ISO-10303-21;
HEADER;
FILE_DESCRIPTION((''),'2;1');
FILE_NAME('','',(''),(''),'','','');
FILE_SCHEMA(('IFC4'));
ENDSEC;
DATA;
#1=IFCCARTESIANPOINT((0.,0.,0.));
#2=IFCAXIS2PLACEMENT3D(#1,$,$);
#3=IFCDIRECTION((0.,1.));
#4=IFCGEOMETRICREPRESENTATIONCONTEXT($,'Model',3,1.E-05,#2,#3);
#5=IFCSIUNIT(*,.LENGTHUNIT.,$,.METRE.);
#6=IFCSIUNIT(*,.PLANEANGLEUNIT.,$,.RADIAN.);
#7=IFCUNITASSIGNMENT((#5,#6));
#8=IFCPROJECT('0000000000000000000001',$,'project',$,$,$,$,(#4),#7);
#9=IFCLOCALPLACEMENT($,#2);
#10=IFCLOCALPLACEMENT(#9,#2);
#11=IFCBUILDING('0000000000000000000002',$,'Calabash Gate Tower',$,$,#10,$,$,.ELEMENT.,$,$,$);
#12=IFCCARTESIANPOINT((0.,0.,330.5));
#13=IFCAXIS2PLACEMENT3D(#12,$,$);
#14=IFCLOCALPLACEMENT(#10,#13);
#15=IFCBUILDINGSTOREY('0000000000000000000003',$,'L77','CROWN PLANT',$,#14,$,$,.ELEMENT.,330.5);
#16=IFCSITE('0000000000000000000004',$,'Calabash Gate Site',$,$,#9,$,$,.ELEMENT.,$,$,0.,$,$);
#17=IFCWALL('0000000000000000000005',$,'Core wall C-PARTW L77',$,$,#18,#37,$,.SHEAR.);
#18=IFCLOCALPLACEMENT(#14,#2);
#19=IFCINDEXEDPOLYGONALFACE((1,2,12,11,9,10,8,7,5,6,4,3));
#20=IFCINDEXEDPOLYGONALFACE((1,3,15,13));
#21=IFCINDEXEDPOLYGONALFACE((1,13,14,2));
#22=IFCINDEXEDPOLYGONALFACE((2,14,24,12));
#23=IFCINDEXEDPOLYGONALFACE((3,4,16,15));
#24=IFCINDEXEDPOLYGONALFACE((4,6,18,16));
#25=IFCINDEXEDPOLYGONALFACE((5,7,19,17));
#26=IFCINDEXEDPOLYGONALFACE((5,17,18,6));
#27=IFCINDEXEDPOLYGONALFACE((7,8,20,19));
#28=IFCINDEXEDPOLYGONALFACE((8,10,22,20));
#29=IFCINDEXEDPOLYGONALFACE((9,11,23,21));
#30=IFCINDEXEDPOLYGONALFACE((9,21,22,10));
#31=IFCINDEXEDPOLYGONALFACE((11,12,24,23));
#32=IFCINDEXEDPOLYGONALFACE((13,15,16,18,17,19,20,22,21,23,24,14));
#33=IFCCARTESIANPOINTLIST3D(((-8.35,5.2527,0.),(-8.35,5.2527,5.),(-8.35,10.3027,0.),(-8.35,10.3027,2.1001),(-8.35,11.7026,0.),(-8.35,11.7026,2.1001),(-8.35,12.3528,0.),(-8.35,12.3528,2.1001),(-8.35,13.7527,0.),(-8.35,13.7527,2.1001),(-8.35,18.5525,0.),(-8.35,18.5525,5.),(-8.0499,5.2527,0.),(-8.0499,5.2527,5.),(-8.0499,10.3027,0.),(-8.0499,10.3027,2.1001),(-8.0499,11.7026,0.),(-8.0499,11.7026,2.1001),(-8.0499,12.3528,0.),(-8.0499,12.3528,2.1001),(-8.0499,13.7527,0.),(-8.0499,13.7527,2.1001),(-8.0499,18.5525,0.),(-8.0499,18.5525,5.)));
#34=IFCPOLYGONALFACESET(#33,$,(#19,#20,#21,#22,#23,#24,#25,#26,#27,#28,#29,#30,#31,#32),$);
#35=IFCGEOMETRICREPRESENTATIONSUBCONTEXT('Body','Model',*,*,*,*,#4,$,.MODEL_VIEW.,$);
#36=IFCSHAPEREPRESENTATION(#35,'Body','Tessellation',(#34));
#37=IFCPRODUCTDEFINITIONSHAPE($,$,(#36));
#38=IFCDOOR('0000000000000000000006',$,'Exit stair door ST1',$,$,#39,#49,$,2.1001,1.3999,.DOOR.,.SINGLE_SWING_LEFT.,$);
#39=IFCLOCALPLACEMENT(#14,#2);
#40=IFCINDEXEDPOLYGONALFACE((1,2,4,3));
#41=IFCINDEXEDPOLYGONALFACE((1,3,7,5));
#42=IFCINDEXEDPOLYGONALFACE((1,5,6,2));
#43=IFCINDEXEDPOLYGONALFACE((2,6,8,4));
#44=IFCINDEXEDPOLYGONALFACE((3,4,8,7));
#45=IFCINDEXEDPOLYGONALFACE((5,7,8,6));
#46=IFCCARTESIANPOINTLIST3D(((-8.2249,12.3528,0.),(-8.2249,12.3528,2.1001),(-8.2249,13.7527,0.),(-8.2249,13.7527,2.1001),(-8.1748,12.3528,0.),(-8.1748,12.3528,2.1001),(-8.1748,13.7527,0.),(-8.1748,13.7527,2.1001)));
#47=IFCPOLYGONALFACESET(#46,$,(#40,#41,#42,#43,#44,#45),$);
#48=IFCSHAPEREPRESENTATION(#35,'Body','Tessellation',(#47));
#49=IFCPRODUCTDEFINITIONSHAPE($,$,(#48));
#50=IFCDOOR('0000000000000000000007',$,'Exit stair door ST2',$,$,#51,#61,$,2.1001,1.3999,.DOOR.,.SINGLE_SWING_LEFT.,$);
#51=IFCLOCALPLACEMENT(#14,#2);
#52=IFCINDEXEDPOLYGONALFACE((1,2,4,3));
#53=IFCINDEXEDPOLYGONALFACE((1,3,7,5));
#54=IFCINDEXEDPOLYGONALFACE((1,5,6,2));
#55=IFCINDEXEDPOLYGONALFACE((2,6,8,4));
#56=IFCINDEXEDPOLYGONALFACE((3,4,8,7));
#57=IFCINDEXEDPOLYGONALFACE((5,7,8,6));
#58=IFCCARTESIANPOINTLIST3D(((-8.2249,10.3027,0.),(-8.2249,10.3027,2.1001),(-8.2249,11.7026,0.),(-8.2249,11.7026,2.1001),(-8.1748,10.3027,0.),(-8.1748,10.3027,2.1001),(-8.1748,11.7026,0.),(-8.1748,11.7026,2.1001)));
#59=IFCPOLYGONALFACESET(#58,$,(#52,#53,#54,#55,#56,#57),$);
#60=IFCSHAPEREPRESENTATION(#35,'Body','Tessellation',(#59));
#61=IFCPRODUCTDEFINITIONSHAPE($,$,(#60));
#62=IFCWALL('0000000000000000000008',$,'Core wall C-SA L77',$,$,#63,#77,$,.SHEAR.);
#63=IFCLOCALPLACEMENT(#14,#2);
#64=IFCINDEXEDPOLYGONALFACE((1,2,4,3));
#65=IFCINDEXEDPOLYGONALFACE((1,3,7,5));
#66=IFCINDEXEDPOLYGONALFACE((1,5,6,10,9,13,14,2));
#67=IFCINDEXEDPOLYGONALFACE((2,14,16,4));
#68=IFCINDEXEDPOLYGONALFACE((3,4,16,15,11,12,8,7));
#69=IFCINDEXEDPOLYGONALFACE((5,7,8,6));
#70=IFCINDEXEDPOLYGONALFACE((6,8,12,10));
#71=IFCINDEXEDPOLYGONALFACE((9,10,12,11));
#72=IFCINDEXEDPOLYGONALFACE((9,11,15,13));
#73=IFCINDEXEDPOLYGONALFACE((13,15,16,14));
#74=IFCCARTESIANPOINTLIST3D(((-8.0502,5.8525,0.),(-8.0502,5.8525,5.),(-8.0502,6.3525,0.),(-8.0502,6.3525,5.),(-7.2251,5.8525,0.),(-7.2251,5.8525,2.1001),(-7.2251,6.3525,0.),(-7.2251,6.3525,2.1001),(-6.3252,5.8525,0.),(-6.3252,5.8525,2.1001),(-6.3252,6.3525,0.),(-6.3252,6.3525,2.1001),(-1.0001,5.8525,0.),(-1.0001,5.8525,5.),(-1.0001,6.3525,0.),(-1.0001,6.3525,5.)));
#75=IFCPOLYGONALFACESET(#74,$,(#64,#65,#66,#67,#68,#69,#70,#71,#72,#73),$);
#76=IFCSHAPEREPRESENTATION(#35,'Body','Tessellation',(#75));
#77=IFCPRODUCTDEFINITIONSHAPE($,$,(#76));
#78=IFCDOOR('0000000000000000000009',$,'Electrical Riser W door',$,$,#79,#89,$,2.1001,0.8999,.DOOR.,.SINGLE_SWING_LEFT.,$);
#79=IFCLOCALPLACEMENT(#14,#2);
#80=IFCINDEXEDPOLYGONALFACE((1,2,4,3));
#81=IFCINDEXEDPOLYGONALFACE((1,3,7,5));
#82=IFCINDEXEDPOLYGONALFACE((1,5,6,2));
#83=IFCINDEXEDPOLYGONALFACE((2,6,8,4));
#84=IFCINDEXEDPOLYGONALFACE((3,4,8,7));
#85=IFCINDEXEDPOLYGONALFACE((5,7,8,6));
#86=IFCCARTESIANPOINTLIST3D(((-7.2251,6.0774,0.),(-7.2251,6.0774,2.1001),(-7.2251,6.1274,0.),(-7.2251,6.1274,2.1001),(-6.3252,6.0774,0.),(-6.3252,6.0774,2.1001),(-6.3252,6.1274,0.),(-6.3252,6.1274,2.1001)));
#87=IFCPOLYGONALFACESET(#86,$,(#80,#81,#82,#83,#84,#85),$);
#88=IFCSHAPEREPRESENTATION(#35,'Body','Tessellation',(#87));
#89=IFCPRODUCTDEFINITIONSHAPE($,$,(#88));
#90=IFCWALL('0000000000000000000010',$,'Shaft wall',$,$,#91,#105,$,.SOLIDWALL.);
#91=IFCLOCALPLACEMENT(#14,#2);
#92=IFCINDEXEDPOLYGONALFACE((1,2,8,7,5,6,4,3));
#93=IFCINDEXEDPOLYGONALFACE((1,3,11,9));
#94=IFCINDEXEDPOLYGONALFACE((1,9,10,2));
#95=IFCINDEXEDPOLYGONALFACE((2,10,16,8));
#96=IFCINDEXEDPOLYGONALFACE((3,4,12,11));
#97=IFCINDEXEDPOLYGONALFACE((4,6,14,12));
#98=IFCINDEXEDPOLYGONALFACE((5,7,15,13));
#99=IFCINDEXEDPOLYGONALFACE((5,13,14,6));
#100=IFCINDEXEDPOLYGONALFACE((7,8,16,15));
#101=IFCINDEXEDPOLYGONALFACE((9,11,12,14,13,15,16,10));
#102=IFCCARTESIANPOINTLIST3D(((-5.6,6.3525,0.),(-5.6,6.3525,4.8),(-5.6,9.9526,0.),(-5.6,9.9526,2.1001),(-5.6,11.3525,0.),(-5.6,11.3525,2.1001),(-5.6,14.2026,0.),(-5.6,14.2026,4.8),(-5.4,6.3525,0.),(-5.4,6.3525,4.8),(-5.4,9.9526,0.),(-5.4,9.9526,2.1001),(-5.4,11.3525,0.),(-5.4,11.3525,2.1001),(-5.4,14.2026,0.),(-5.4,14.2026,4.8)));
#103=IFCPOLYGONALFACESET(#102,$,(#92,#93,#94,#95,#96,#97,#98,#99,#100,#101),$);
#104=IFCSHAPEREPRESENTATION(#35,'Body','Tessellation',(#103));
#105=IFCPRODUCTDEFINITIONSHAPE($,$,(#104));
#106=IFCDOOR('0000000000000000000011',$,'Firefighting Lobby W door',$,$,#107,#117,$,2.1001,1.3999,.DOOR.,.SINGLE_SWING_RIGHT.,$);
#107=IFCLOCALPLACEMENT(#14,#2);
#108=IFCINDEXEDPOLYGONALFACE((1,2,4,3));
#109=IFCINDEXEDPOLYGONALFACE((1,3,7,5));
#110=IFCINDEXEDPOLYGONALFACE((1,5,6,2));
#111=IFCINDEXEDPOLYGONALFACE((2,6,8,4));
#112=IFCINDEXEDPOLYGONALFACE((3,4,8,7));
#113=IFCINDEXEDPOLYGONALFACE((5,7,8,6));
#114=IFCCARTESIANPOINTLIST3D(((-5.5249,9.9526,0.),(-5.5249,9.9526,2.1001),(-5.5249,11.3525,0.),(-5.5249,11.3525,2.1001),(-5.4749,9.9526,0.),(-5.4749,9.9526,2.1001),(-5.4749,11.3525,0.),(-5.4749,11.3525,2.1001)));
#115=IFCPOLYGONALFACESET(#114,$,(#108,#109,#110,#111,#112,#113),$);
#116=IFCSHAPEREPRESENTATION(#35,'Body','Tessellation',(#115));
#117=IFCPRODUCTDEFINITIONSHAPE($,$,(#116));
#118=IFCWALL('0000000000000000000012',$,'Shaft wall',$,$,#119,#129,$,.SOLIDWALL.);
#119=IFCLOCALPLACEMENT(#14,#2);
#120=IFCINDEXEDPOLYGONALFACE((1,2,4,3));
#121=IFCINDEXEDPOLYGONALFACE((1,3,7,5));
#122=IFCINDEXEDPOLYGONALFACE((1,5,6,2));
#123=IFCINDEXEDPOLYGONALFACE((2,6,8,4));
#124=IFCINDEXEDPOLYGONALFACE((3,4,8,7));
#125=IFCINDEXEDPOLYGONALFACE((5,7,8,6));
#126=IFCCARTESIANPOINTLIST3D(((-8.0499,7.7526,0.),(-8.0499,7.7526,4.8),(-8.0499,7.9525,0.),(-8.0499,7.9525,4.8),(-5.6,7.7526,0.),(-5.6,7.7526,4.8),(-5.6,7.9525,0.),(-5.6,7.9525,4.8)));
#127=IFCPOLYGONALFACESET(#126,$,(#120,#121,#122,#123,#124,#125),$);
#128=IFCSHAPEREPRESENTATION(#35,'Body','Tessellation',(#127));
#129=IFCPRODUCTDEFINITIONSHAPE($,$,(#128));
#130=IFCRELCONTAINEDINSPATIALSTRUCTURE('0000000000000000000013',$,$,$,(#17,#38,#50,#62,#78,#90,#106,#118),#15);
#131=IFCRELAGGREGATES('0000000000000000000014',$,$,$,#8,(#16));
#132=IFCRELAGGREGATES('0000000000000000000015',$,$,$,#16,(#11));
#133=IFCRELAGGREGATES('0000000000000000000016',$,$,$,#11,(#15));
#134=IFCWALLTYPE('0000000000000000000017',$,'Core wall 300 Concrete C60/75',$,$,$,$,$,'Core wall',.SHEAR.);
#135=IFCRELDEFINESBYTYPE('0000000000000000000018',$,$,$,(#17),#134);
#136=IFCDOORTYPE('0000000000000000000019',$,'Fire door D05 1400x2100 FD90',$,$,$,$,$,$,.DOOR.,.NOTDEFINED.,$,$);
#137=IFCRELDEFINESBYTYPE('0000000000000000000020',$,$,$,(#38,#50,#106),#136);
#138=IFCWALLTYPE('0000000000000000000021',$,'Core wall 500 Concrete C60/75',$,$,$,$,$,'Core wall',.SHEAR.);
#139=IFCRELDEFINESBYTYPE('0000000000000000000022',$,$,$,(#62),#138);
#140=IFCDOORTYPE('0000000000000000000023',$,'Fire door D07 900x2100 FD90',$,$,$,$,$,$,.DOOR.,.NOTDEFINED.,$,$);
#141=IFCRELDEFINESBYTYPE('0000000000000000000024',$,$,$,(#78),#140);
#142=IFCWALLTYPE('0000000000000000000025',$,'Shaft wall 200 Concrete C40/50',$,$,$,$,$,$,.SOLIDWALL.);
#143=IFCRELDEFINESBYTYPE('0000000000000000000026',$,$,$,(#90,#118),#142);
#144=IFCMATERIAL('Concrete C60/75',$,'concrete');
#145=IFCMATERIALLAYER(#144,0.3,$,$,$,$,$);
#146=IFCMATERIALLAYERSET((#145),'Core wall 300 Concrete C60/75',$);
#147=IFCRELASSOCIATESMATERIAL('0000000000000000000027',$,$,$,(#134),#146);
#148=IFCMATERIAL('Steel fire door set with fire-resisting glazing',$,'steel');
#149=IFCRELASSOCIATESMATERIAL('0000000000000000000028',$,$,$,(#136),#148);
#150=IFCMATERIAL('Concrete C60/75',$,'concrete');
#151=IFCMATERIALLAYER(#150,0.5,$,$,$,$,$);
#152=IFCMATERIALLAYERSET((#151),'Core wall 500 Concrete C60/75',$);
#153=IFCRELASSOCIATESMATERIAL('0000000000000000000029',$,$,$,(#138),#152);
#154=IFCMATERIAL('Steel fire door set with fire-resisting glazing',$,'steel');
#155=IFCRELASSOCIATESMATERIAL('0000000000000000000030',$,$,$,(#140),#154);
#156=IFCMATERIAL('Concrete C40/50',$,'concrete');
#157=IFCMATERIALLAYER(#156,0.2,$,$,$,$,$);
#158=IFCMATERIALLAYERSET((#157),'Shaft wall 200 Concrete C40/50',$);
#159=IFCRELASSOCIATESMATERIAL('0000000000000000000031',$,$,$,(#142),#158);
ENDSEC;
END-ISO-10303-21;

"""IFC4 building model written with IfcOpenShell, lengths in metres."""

from ifc_helpers import new_model, si_unit, direction, frame, frame_2d, origin, place, context, subcontext, project, spatial, rectangle, extrude, material, layer, layer_set, type_object, element, fill, save


model = new_model("IFC4")

# Units and contexts
model_context = context("Model", 3, precision=1e-05, world=origin(), true_north=direction((0.0, 1.0)))
body_context = subcontext(model_context, "Body", "Model", "MODEL_VIEW")
ifc_project = project(units=[si_unit("LENGTHUNIT", "METRE"), si_unit("PLANEANGLEUNIT", "RADIAN")], contexts=[model_context])

# Site, building, storey
site_placement = place(None, origin())
site = spatial("IfcSite", under=ifc_project, at=site_placement, Name="Calabash Gate Site", CompositionType="ELEMENT", RefElevation=0.0)
building_placement = place(site_placement, origin())
building = spatial("IfcBuilding", under=site, at=building_placement, Name="Calabash Gate Tower", CompositionType="ELEMENT")
storey_placement = place(building_placement, frame((0.0, 0.0, 330.5)))
storey = spatial("IfcBuildingStorey", under=building, at=storey_placement, Name="L77", Description="CROWN PLANT", CompositionType="ELEMENT", Elevation=330.5)

# Wall, openings, doors
ifc_material_1 = material(Name="Concrete C60/75", Category="concrete")
ifc_layer_1 = layer(ifc_material_1, 0.3)
ifc_layer_set_1 = layer_set([ifc_layer_1], Name="Core wall 300 Concrete C60/75")
wall_type_1 = type_object("IfcWallType", Name="Core wall 300 Concrete C60/75", ElementType="Core wall", PredefinedType="SHEAR", material=ifc_layer_set_1)
wall_1_placement = place(storey_placement, frame((-8.2, 5.2527, 0.0), z_axis=(0.0, 0.0, 1.0), x_axis=(0.0, 1.0, 0.0)))
wall_1 = element("IfcWall", 1, at=wall_1_placement, inside=storey, type_object=wall_type_1, Name="Core wall C-PARTW L77", PredefinedType="SHEAR", context=body_context, shape_type="SweptSolid", body=[
    extrude(rectangle(XDim=13.2998, YDim=0.3, at=frame_2d((6.6499, 0.0))), origin(), (0.0, 0.0, 1.0), 5.0),
])
opening_1_placement = place(wall_1_placement, frame((7.1001, 0.0, 0.0)))
opening_1 = element("IfcOpeningElement", 2, at=opening_1_placement, cuts=wall_1, PredefinedType="OPENING", context=body_context, shape_type="SweptSolid", body=[
    extrude(rectangle(XDim=1.3999, YDim=2.1001, at=frame_2d((0.7, 1.05))), frame((0.0, 0.1599, 0.0), z_axis=(0.0, -1.0, 0.0), x_axis=(1.0, 0.0, 0.0)), (0.0, 0.0, 1.0), 0.3201),
])
opening_2_placement = place(wall_1_placement, frame((5.05, 0.0, 0.0)))
opening_2 = element("IfcOpeningElement", 3, at=opening_2_placement, cuts=wall_1, PredefinedType="OPENING", context=body_context, shape_type="SweptSolid", body=[
    extrude(rectangle(XDim=1.3999, YDim=2.1001, at=frame_2d((0.7, 1.05))), frame((0.0, 0.1599, 0.0), z_axis=(0.0, -1.0, 0.0), x_axis=(1.0, 0.0, 0.0)), (0.0, 0.0, 1.0), 0.3201),
])
ifc_material_2 = material(Name="Steel fire door set with fire-resisting glazing", Category="steel")
door_type_1 = type_object("IfcDoorType", Name="Fire door D05 1400x2100 FD90", OperationType="NOTDEFINED", PredefinedType="DOOR", material=ifc_material_2)
door_1_placement = place(opening_1_placement, origin())
door_1 = element("IfcDoor", 4, at=door_1_placement, inside=storey, type_object=door_type_1, Name="Exit stair door ST1", OperationType="SINGLE_SWING_LEFT", OverallHeight=2.1001, OverallWidth=1.3999, PredefinedType="DOOR", context=body_context, shape_type="SweptSolid", body=[
    extrude(rectangle(XDim=1.3999, YDim=2.1001, at=frame_2d((0.7, 1.05))), frame((0.0, 0.0249, 0.0), z_axis=(0.0, -1.0, 0.0), x_axis=(1.0, 0.0, 0.0)), (0.0, 0.0, 1.0), 0.05),
])
fill(opening_1, door_1)
door_2_placement = place(opening_2_placement, origin())
door_2 = element("IfcDoor", 5, at=door_2_placement, inside=storey, type_object=door_type_1, Name="Exit stair door ST2", OperationType="SINGLE_SWING_LEFT", OverallHeight=2.1001, OverallWidth=1.3999, PredefinedType="DOOR", context=body_context, shape_type="SweptSolid", body=[
    extrude(rectangle(XDim=1.3999, YDim=2.1001, at=frame_2d((0.7, 1.05))), frame((0.0, 0.0249, 0.0), z_axis=(0.0, -1.0, 0.0), x_axis=(1.0, 0.0, 0.0)), (0.0, 0.0, 1.0), 0.05),
])
fill(opening_2, door_2)

# Walls, openings, doors
ifc_material_3 = material(Name="Concrete C60/75", Category="concrete")
ifc_layer_2 = layer(ifc_material_3, 0.5)
ifc_layer_set_2 = layer_set([ifc_layer_2], Name="Core wall 500 Concrete C60/75")
wall_type_2 = type_object("IfcWallType", Name="Core wall 500 Concrete C60/75", ElementType="Core wall", PredefinedType="SHEAR", material=ifc_layer_set_2)
wall_2_placement = place(storey_placement, frame((-8.05, 6.1025, 0.0), z_axis=(0.0, 0.0, 1.0), x_axis=(1.0, 0.0, 0.0)))
wall_2 = element("IfcWall", 6, at=wall_2_placement, inside=storey, type_object=wall_type_2, Name="Core wall C-SA L77", PredefinedType="SHEAR", context=body_context, shape_type="SweptSolid", body=[
    extrude(rectangle(XDim=7.05, YDim=0.5, at=frame_2d((3.5249, 0.0))), origin(), (0.0, 0.0, 1.0), 5.0),
])
opening_3_placement = place(wall_2_placement, frame((0.825, 0.0, 0.0)))
opening_3 = element("IfcOpeningElement", 7, at=opening_3_placement, cuts=wall_2, PredefinedType="OPENING", context=body_context, shape_type="SweptSolid", body=[
    extrude(rectangle(XDim=0.8999, YDim=2.1001, at=frame_2d((0.45, 1.05))), frame((0.0, 0.26, 0.0), z_axis=(0.0, -1.0, 0.0), x_axis=(1.0, 0.0, 0.0)), (0.0, 0.0, 1.0), 0.52),
])
ifc_material_4 = material(Name="Steel fire door set with fire-resisting glazing", Category="steel")
door_type_2 = type_object("IfcDoorType", Name="Fire door D07 900x2100 FD90", OperationType="NOTDEFINED", PredefinedType="DOOR", material=ifc_material_4)
door_3_placement = place(opening_3_placement, origin())
door_3 = element("IfcDoor", 8, at=door_3_placement, inside=storey, type_object=door_type_2, Name="Electrical Riser W door", OperationType="SINGLE_SWING_LEFT", OverallHeight=2.1001, OverallWidth=0.8999, PredefinedType="DOOR", context=body_context, shape_type="SweptSolid", body=[
    extrude(rectangle(XDim=0.8999, YDim=2.1001, at=frame_2d((0.45, 1.05))), frame((0.0, 0.0249, 0.0), z_axis=(0.0, -1.0, 0.0), x_axis=(1.0, 0.0, 0.0)), (0.0, 0.0, 1.0), 0.05),
])
fill(opening_3, door_3)
ifc_material_5 = material(Name="Concrete C40/50", Category="concrete")
ifc_layer_3 = layer(ifc_material_5, 0.2)
ifc_layer_set_3 = layer_set([ifc_layer_3], Name="Shaft wall 200 Concrete C40/50")
wall_type_3 = type_object("IfcWallType", Name="Shaft wall 200 Concrete C40/50", PredefinedType="SOLIDWALL", material=ifc_layer_set_3)
wall_3_placement = place(storey_placement, frame((-5.5, 6.3525, 0.0), z_axis=(0.0, 0.0, 1.0), x_axis=(0.0, 1.0, 0.0)))
wall_3 = element("IfcWall", 9, at=wall_3_placement, inside=storey, type_object=wall_type_3, Name="Shaft wall", PredefinedType="SOLIDWALL", context=body_context, shape_type="SweptSolid", body=[
    extrude(rectangle(XDim=7.8501, YDim=0.2, at=frame_2d((3.925, 0.0))), origin(), (0.0, 0.0, 1.0), 4.8),
])
opening_4_placement = place(wall_3_placement, frame((3.6001, 0.0, 0.0)))
opening_4 = element("IfcOpeningElement", 10, at=opening_4_placement, cuts=wall_3, PredefinedType="OPENING", context=body_context, shape_type="SweptSolid", body=[
    extrude(rectangle(XDim=1.3999, YDim=2.1001, at=frame_2d((0.7, 1.05))), frame((0.0, 0.1099, 0.0), z_axis=(0.0, -1.0, 0.0), x_axis=(1.0, 0.0, 0.0)), (0.0, 0.0, 1.0), 0.22),
])
door_4_placement = place(opening_4_placement, origin())
door_4 = element("IfcDoor", 11, at=door_4_placement, inside=storey, type_object=door_type_1, Name="Firefighting Lobby W door", OperationType="SINGLE_SWING_RIGHT", OverallHeight=2.1001, OverallWidth=1.3999, PredefinedType="DOOR", context=body_context, shape_type="SweptSolid", body=[
    extrude(rectangle(XDim=1.3999, YDim=2.1001, at=frame_2d((0.7, 1.05))), frame((0.0, 0.0249, 0.0), z_axis=(0.0, -1.0, 0.0), x_axis=(1.0, 0.0, 0.0)), (0.0, 0.0, 1.0), 0.05),
])
fill(opening_4, door_4)

# Wall
wall_4_placement = place(storey_placement, frame((-8.05, 7.8525, 0.0), z_axis=(0.0, 0.0, 1.0), x_axis=(1.0, 0.0, 0.0)))
element("IfcWall", 12, at=wall_4_placement, inside=storey, type_object=wall_type_3, Name="Shaft wall", PredefinedType="SOLIDWALL", context=body_context, shape_type="SweptSolid", body=[
    extrude(rectangle(XDim=2.45, YDim=0.2, at=frame_2d((1.2251, 0.0))), origin(), (0.0, 0.0, 1.0), 4.8),
])

save(model, "model.ifc")
